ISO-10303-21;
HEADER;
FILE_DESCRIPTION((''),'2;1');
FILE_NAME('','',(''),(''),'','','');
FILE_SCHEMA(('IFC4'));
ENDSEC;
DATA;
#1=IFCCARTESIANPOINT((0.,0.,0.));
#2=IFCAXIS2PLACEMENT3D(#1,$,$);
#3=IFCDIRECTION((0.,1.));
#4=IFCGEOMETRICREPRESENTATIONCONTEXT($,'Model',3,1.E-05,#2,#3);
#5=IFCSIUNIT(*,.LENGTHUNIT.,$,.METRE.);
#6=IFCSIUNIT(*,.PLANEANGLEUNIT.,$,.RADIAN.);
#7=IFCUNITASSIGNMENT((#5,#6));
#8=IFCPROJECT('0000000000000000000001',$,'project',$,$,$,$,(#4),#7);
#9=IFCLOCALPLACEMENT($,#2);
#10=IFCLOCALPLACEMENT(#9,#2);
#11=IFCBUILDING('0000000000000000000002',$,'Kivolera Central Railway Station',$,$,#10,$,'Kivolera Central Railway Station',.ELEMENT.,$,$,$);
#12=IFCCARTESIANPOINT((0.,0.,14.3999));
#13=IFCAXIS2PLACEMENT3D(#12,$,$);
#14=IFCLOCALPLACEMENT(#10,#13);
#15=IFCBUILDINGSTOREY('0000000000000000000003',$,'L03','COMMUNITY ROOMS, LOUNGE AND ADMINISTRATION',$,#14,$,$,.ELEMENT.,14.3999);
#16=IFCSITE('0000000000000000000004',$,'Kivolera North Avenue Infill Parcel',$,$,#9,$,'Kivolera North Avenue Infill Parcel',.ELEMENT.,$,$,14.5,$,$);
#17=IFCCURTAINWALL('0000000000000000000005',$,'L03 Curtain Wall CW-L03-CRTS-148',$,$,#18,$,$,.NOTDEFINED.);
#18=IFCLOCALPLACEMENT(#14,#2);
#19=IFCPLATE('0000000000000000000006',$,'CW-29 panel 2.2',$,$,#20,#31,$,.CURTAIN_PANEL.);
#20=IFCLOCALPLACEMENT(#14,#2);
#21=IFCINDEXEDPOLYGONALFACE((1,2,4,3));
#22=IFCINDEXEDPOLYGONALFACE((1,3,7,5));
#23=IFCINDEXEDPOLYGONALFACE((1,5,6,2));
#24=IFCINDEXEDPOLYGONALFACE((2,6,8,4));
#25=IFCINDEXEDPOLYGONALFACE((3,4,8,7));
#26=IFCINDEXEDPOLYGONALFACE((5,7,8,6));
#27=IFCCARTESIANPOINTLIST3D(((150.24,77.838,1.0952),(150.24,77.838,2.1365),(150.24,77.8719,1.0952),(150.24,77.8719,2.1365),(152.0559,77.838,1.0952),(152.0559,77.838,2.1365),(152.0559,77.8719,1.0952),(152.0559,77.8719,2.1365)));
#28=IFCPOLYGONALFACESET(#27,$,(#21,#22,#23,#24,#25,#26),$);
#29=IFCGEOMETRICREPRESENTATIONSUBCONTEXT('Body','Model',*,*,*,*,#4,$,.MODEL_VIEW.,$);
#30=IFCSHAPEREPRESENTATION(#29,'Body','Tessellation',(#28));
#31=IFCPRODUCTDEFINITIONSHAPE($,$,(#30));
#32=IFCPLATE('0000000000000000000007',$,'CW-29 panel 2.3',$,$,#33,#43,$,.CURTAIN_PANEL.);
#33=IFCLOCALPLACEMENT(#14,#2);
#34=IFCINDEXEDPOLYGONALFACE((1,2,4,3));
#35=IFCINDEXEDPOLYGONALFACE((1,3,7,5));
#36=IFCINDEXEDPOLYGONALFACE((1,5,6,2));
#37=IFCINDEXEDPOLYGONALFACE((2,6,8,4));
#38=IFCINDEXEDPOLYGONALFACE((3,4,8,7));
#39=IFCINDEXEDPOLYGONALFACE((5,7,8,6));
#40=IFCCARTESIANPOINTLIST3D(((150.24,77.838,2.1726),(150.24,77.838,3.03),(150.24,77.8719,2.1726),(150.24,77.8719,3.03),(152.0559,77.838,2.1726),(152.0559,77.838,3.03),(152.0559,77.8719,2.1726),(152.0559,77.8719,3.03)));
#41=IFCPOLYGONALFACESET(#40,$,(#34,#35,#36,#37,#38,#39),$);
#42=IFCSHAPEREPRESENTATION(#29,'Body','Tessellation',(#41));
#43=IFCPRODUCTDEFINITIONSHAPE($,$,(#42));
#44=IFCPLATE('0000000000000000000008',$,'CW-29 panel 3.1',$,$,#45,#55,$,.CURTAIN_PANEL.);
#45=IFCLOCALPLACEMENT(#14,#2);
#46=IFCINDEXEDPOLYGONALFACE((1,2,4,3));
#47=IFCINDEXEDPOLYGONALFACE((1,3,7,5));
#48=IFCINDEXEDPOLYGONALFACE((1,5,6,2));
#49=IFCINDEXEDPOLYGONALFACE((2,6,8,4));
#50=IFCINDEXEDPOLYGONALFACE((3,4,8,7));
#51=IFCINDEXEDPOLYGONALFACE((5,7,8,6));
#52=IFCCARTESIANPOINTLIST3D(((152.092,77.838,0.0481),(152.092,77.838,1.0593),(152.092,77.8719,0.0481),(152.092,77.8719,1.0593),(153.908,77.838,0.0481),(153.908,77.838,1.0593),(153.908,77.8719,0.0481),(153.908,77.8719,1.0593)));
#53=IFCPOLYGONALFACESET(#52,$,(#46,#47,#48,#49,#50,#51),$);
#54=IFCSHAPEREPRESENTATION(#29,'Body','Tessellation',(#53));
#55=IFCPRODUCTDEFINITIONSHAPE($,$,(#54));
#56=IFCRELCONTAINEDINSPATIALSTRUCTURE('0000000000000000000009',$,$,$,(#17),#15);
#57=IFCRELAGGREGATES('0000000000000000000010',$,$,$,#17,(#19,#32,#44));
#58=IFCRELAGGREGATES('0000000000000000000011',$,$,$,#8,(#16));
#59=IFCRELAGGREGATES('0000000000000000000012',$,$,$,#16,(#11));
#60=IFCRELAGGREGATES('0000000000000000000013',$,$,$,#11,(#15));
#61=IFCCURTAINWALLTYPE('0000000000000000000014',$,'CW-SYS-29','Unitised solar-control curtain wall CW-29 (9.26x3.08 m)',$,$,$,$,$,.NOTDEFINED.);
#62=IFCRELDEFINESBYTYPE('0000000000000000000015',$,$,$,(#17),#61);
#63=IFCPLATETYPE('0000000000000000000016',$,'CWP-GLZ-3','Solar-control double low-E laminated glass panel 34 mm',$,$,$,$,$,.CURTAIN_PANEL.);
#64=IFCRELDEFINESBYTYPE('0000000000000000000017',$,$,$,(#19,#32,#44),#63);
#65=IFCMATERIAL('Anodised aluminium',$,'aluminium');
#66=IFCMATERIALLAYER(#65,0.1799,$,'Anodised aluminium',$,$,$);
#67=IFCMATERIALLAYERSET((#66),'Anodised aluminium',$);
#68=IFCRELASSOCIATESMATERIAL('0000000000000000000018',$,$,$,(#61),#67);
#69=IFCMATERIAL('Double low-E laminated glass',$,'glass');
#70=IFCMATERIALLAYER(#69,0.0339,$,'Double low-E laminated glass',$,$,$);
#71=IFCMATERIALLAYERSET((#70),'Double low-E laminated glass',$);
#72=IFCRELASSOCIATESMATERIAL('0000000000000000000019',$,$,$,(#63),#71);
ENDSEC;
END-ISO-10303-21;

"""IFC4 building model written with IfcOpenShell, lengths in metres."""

from ifc_helpers import new_model, si_unit, direction, frame, origin, origin_2d, place, context, subcontext, project, spatial, rectangle, extrude, material, layer, layer_set, type_object, element, aggregate, save


model = new_model("IFC4")

# Units and contexts
model_context = context("Model", 3, precision=1e-05, world=origin(), true_north=direction((0.0, 1.0)))
body_context = subcontext(model_context, "Body", "Model", "MODEL_VIEW")
ifc_project = project(units=[si_unit("LENGTHUNIT", "METRE"), si_unit("PLANEANGLEUNIT", "RADIAN")], contexts=[model_context])

# Site, building, storey
site_placement = place(None, origin())
site = spatial("IfcSite", under=ifc_project, at=site_placement, Name="Kivolera North Avenue Infill Parcel", LongName="Kivolera North Avenue Infill Parcel", CompositionType="ELEMENT", RefElevation=14.5)
building_placement = place(site_placement, origin())
building = spatial("IfcBuilding", under=site, at=building_placement, Name="Kivolera Central Railway Station", LongName="Kivolera Central Railway Station", CompositionType="ELEMENT")
storey_placement = place(building_placement, frame((0.0, 0.0, 14.3999)))
storey = spatial("IfcBuildingStorey", under=building, at=storey_placement, Name="L03", Description="COMMUNITY ROOMS, LOUNGE AND ADMINISTRATION", CompositionType="ELEMENT", Elevation=14.3999)

# Curtain wall
ifc_material_1 = material(Name="Anodised aluminium", Category="aluminium")
ifc_layer_1 = layer(ifc_material_1, 0.1799, Name="Anodised aluminium")
ifc_layer_set_1 = layer_set([ifc_layer_1], Name="Anodised aluminium")
curtain_wall_type = type_object("IfcCurtainWallType", Name="CW-SYS-29", Description="Unitised solar-control curtain wall CW-29 (9.26x3.08 m)", PredefinedType="NOTDEFINED", material=ifc_layer_set_1)
curtain_wall_1_placement = place(storey_placement, origin())
curtain_wall_1 = element("IfcCurtainWall", 1, at=curtain_wall_1_placement, inside=storey, type_object=curtain_wall_type, Name="L03 Curtain Wall CW-L03-CRTS-148", PredefinedType="NOTDEFINED")

# Plates
ifc_material_2 = material(Name="Double low-E laminated glass", Category="glass")
ifc_layer_2 = layer(ifc_material_2, 0.0339, Name="Double low-E laminated glass")
ifc_layer_set_2 = layer_set([ifc_layer_2], Name="Double low-E laminated glass")
plate_type = type_object("IfcPlateType", Name="CWP-GLZ-3", Description="Solar-control double low-E laminated glass panel 34 mm", PredefinedType="CURTAIN_PANEL", material=ifc_layer_set_2)
plate_1_placement = place(storey_placement, frame((151.1479, 77.855, 1.0952), z_axis=(0.0, 0.0, 1.0), x_axis=(1.0, 0.0, 0.0)))
plate_1 = element("IfcPlate", 2, at=plate_1_placement, type_object=plate_type, Name="CW-29 panel 2.2", PredefinedType="CURTAIN_PANEL", context=body_context, shape_type="SweptSolid", body=[
    extrude(rectangle(XDim=1.8159, YDim=0.0339, at=origin_2d()), origin(), (0.0, 0.0, 1.0), 1.0413),
])
plate_2_placement = place(storey_placement, frame((151.1479, 77.855, 2.1726), z_axis=(0.0, 0.0, 1.0), x_axis=(1.0, 0.0, 0.0)))
plate_2 = element("IfcPlate", 3, at=plate_2_placement, type_object=plate_type, Name="CW-29 panel 2.3", PredefinedType="CURTAIN_PANEL", context=body_context, shape_type="SweptSolid", body=[
    extrude(rectangle(XDim=1.8159, YDim=0.0339, at=origin_2d()), origin(), (0.0, 0.0, 1.0), 0.8574),
])
plate_3_placement = place(storey_placement, frame((153.0, 77.855, 0.0481), z_axis=(0.0, 0.0, 1.0), x_axis=(1.0, 0.0, 0.0)))
plate_3 = element("IfcPlate", 4, at=plate_3_placement, type_object=plate_type, Name="CW-29 panel 3.1", PredefinedType="CURTAIN_PANEL", context=body_context, shape_type="SweptSolid", body=[
    extrude(rectangle(XDim=1.8159, YDim=0.0339, at=origin_2d()), origin(), (0.0, 0.0, 1.0), 1.0112),
])
aggregate(curtain_wall_1, [plate_1, plate_2, plate_3])

save(model, "model.ifc")
